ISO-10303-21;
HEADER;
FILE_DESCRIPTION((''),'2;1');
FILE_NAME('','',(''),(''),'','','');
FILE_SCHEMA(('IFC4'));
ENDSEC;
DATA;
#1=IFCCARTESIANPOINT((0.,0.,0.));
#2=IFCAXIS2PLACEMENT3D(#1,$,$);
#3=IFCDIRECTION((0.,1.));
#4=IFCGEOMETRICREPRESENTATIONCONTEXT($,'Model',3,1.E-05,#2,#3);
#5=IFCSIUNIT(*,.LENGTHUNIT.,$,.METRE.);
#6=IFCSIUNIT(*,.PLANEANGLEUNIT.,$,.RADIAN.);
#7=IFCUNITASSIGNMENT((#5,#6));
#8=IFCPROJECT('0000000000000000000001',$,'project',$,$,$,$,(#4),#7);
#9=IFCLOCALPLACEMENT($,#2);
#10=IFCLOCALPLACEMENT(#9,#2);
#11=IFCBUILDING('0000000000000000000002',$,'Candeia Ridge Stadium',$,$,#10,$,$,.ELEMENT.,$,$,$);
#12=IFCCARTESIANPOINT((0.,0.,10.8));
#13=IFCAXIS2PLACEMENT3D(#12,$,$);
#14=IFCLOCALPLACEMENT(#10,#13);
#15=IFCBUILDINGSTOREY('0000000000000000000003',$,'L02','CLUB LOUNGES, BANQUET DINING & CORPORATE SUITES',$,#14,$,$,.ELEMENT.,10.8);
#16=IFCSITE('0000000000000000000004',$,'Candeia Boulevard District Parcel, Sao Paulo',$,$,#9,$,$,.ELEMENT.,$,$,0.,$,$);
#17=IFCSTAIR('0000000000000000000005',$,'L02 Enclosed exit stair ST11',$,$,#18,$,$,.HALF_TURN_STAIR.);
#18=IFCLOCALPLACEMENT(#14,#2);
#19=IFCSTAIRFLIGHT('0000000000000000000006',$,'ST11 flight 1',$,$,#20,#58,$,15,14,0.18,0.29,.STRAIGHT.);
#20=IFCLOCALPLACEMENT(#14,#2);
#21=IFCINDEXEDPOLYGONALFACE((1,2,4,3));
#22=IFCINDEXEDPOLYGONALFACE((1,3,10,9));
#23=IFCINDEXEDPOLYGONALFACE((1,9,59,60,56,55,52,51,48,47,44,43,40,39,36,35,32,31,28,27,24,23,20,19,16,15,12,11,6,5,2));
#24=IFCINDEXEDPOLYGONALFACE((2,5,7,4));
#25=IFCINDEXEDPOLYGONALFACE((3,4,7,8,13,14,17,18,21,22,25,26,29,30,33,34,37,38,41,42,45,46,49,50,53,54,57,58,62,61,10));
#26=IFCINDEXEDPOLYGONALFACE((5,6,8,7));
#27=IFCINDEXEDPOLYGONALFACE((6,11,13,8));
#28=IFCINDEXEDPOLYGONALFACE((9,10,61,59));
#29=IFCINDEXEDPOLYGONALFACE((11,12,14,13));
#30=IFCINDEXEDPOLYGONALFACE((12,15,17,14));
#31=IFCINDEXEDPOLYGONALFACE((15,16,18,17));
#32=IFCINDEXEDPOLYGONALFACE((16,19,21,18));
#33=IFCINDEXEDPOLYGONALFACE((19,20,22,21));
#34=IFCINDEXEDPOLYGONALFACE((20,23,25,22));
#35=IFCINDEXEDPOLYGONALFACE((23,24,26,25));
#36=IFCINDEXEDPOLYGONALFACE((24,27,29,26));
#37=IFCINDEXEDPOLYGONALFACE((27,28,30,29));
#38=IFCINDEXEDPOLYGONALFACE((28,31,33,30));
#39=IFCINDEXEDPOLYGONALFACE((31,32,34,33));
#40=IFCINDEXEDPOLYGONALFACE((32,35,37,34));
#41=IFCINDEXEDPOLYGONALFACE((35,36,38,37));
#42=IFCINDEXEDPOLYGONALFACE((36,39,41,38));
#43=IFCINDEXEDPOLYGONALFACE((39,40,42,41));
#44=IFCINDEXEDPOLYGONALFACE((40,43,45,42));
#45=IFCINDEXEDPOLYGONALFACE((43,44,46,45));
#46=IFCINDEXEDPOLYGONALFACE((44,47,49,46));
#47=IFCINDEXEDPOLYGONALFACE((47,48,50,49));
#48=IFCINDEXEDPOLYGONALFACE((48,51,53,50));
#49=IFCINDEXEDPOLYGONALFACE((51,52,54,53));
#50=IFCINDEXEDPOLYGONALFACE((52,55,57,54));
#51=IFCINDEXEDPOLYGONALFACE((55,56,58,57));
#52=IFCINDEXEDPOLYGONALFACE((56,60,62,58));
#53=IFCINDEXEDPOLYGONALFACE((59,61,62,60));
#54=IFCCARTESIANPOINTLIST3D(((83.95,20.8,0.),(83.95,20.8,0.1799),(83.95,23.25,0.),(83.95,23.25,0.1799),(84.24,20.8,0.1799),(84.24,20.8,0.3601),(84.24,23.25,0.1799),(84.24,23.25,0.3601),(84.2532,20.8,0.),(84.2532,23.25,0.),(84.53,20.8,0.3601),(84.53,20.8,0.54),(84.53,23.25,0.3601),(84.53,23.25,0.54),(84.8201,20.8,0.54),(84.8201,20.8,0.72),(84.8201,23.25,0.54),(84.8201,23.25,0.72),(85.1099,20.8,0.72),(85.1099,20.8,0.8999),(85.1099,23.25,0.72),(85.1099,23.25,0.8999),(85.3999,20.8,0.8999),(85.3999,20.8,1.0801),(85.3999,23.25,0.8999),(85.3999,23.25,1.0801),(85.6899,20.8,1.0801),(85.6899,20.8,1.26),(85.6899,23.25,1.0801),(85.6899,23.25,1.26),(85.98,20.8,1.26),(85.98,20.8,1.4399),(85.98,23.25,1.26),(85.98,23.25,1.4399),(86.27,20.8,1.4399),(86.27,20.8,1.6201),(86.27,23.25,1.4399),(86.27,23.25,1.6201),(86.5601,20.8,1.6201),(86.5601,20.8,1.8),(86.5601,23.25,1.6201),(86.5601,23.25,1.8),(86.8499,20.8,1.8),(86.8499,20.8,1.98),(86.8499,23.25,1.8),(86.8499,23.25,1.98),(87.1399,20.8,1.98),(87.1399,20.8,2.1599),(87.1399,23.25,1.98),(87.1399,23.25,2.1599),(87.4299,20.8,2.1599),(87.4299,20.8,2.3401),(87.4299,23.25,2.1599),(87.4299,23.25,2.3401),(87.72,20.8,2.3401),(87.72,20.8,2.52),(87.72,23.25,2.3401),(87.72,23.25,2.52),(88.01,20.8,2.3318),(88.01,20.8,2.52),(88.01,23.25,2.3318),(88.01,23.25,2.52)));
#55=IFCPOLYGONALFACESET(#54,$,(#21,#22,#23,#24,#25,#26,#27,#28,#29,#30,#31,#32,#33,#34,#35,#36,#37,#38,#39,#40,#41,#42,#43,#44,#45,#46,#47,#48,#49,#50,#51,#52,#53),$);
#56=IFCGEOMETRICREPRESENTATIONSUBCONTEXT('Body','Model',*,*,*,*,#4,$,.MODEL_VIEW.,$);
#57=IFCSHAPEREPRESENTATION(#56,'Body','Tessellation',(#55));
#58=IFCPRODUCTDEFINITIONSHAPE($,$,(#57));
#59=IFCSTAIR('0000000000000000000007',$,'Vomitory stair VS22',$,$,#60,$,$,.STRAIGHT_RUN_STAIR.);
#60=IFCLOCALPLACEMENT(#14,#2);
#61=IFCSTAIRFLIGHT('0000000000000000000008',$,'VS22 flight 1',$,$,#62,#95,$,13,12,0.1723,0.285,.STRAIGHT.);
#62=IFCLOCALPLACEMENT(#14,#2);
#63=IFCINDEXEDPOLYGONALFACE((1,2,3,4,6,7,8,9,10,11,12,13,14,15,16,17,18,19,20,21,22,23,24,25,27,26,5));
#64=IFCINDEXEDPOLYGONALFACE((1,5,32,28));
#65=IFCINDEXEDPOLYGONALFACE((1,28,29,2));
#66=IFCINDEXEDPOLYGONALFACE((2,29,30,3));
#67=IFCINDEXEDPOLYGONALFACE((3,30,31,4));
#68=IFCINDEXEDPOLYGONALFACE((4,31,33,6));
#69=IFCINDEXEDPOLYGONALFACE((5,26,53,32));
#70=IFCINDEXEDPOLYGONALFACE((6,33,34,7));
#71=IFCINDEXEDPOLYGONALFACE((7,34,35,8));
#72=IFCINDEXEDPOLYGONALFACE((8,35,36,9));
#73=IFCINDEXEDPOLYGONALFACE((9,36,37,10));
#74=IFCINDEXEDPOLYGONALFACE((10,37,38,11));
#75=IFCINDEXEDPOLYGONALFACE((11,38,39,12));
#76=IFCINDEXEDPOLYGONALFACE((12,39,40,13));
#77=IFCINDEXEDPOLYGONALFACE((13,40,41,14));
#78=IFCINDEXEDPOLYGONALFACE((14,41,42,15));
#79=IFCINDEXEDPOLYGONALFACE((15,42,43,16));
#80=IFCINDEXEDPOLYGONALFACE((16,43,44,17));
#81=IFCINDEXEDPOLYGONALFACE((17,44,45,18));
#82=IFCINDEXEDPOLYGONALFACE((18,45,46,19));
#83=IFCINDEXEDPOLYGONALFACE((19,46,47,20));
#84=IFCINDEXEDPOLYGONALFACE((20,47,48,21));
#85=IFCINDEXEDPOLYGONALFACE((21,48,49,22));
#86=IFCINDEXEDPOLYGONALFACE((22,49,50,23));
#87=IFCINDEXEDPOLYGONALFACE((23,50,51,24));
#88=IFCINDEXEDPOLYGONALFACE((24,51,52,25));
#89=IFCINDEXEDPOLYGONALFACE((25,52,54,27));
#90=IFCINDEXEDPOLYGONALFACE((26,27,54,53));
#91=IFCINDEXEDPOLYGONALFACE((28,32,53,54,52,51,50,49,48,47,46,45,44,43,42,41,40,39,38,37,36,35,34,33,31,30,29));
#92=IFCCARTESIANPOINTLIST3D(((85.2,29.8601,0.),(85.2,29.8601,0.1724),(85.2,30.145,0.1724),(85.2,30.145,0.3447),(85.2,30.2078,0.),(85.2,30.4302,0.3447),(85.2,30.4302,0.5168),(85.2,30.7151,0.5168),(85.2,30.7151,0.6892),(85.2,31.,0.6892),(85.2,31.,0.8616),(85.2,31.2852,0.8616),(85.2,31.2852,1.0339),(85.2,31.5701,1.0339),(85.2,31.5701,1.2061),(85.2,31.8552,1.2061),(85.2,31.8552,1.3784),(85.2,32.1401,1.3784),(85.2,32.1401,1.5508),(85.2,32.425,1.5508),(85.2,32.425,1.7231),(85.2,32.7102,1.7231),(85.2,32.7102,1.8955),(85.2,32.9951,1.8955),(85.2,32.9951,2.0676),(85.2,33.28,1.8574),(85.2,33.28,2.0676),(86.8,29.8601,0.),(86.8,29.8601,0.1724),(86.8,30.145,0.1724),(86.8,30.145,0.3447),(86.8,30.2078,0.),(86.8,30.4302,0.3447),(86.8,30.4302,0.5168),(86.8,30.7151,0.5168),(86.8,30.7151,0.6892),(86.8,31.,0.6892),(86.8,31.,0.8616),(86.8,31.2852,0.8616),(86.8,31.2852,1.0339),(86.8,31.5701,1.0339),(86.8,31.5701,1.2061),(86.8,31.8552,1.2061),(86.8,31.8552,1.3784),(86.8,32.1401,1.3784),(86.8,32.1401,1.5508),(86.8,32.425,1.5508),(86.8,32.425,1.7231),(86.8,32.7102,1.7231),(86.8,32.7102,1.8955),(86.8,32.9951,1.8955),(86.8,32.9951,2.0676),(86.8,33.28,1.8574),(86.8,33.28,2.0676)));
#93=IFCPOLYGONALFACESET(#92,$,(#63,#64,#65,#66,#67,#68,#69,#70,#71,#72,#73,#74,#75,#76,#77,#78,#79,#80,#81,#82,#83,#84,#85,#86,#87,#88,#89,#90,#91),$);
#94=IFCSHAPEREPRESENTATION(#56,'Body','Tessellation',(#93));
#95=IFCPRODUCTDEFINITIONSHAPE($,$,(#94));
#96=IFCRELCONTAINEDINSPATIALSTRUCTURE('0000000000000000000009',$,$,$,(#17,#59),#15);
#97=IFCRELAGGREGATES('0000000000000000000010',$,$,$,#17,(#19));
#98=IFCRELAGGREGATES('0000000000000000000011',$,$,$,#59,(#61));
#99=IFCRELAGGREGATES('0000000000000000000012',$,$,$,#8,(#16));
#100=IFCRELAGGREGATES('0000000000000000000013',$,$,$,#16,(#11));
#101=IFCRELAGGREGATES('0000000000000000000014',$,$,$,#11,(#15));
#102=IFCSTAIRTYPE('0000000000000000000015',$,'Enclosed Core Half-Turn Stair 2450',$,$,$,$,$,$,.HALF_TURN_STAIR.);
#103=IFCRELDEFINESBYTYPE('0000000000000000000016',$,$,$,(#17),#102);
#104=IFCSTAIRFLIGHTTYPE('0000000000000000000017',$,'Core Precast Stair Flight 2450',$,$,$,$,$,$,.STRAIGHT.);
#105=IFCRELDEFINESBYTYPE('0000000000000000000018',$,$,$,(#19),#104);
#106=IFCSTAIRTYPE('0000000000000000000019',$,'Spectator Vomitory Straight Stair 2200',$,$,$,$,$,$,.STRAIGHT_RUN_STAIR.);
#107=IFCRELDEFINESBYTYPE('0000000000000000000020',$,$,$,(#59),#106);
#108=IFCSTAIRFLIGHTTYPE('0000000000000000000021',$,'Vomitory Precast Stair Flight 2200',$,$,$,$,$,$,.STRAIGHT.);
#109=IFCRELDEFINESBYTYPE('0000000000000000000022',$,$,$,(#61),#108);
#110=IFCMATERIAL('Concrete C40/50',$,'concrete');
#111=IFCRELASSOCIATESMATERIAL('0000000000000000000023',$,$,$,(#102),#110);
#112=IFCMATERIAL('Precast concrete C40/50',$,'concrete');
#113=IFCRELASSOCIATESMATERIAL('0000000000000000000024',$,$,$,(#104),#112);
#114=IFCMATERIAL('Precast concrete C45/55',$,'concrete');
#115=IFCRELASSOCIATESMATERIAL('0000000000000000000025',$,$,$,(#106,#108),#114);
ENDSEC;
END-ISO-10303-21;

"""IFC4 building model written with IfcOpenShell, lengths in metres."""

from ifc_helpers import new_model, si_unit, direction, frame, origin, place, context, subcontext, project, spatial, polyline, outline, extrude, material, type_object, element, aggregate, save


model = new_model("IFC4")

# Units and contexts
model_context = context("Model", 3, precision=1e-05, world=origin(), true_north=direction((0.0, 1.0)))
body_context = subcontext(model_context, "Body", "Model", "MODEL_VIEW")
ifc_project = project(units=[si_unit("LENGTHUNIT", "METRE"), si_unit("PLANEANGLEUNIT", "RADIAN")], contexts=[model_context])

# Site, building, storey
site_placement = place(None, origin())
site = spatial("IfcSite", under=ifc_project, at=site_placement, Name="Candeia Boulevard District Parcel, Sao Paulo", CompositionType="ELEMENT", RefElevation=0.0)
building_placement = place(site_placement, origin())
building = spatial("IfcBuilding", under=site, at=building_placement, Name="Candeia Ridge Stadium", CompositionType="ELEMENT")
storey_placement = place(building_placement, frame((0.0, 0.0, 10.8)))
storey = spatial("IfcBuildingStorey", under=building, at=storey_placement, Name="L02", Description="CLUB LOUNGES, BANQUET DINING & CORPORATE SUITES", CompositionType="ELEMENT", Elevation=10.8)

# Shared definitions
ifc_material_1 = material(Name="Concrete C40/50", Category="concrete")

# Shared definitions
ifc_material_2 = material(Name="Precast concrete C45/55", Category="concrete")

# Stairs, stair flights
stair_type_1 = type_object("IfcStairType", Name="Enclosed Core Half-Turn Stair 2450", PredefinedType="HALF_TURN_STAIR", material=ifc_material_1)
stair_1_placement = place(storey_placement, origin())
stair_1 = element("IfcStair", 1, at=stair_1_placement, inside=storey, type_object=stair_type_1, Name="L02 Enclosed exit stair ST11", PredefinedType="HALF_TURN_STAIR")
ifc_material_3 = material(Name="Precast concrete C40/50", Category="concrete")
stair_flight_type_1 = type_object("IfcStairFlightType", Name="Core Precast Stair Flight 2450", PredefinedType="STRAIGHT", material=ifc_material_3)
stair_flight_1_placement = place(storey_placement, frame((83.95, 22.0249, 0.0), z_axis=(0.0, 0.0, 1.0), x_axis=(1.0, 0.0, 0.0)))
stair_flight_1 = element("IfcStairFlight", 2, at=stair_flight_1_placement, type_object=stair_flight_type_1, Name="ST11 flight 1", NumberOfRisers=15, NumberOfTreads=14, PredefinedType="STRAIGHT", RiserHeight=0.18, TreadLength=0.29, context=body_context, shape_type="SweptSolid", body=[
    extrude(outline(polyline([(0.0, 0.0), (0.0, 0.1799), (0.29, 0.1799), (0.29, 0.3601), (0.5801, 0.3601), (0.5801, 0.54), (0.8701, 0.54), (0.8701, 0.72), (1.1599, 0.72), (1.1599, 0.8999), (1.45, 0.8999), (1.45, 1.0801), (1.74, 1.0801), (1.74, 1.26), (2.03, 1.26), (2.03, 1.4399), (2.3201, 1.4399), (2.3201, 1.6201), (2.6101, 1.6201), (2.6101, 1.8), (2.8999, 1.8), (2.8999, 1.98), (3.1899, 1.98), (3.1899, 2.1599), (3.48, 2.1599), (3.48, 2.3401), (3.77, 2.3401), (3.77, 2.52), (4.0601, 2.52), (4.0601, 2.7), (4.0601, 2.3318), (0.3032, 0.0), (0.0, 0.0)])), frame((0.0, 1.2251, 0.0), z_axis=(0.0, -1.0, 0.0), x_axis=(1.0, 0.0, 0.0)), (0.0, 0.0, 1.0), 2.45),
])
aggregate(stair_1, [stair_flight_1])
stair_type_2 = type_object("IfcStairType", Name="Spectator Vomitory Straight Stair 2200", PredefinedType="STRAIGHT_RUN_STAIR", material=ifc_material_2)
stair_2_placement = place(storey_placement, origin())
stair_2 = element("IfcStair", 3, at=stair_2_placement, inside=storey, type_object=stair_type_2, Name="Vomitory stair VS22", PredefinedType="STRAIGHT_RUN_STAIR")
stair_flight_type_2 = type_object("IfcStairFlightType", Name="Vomitory Precast Stair Flight 2200", PredefinedType="STRAIGHT", material=ifc_material_2)
stair_flight_2_placement = place(storey_placement, frame((86.0, 29.8601, 0.0), z_axis=(0.0, 0.0, 1.0), x_axis=(0.0, 1.0, 0.0)))
stair_flight_2 = element("IfcStairFlight", 4, at=stair_flight_2_placement, type_object=stair_flight_type_2, Name="VS22 flight 1", NumberOfRisers=13, NumberOfTreads=12, PredefinedType="STRAIGHT", RiserHeight=0.1723, TreadLength=0.285, context=body_context, shape_type="SweptSolid", body=[
    extrude(outline(polyline([(0.0, 0.0), (0.0, 0.1724), (0.2849, 0.1724), (0.2849, 0.3447), (0.5701, 0.3447), (0.5701, 0.5168), (0.855, 0.5168), (0.855, 0.6892), (1.1399, 0.6892), (1.1399, 0.8616), (1.425, 0.8616), (1.425, 1.0339), (1.71, 1.0339), (1.71, 1.2061), (1.9951, 1.2061), (1.9951, 1.3784), (2.28, 1.3784), (2.28, 1.5508), (2.5649, 1.5508), (2.5649, 1.7231), (2.8501, 1.7231), (2.8501, 1.8955), (3.135, 1.8955), (3.135, 2.0676), (3.4199, 2.0676), (3.4199, 2.24), (3.4199, 1.8574), (0.3477, 0.0), (0.0, 0.0)])), frame((0.0, 0.8, 0.0), z_axis=(0.0, -1.0, 0.0), x_axis=(1.0, 0.0, 0.0)), (0.0, 0.0, 1.0), 1.6001),
])
aggregate(stair_2, [stair_flight_2])

save(model, "model.ifc")
